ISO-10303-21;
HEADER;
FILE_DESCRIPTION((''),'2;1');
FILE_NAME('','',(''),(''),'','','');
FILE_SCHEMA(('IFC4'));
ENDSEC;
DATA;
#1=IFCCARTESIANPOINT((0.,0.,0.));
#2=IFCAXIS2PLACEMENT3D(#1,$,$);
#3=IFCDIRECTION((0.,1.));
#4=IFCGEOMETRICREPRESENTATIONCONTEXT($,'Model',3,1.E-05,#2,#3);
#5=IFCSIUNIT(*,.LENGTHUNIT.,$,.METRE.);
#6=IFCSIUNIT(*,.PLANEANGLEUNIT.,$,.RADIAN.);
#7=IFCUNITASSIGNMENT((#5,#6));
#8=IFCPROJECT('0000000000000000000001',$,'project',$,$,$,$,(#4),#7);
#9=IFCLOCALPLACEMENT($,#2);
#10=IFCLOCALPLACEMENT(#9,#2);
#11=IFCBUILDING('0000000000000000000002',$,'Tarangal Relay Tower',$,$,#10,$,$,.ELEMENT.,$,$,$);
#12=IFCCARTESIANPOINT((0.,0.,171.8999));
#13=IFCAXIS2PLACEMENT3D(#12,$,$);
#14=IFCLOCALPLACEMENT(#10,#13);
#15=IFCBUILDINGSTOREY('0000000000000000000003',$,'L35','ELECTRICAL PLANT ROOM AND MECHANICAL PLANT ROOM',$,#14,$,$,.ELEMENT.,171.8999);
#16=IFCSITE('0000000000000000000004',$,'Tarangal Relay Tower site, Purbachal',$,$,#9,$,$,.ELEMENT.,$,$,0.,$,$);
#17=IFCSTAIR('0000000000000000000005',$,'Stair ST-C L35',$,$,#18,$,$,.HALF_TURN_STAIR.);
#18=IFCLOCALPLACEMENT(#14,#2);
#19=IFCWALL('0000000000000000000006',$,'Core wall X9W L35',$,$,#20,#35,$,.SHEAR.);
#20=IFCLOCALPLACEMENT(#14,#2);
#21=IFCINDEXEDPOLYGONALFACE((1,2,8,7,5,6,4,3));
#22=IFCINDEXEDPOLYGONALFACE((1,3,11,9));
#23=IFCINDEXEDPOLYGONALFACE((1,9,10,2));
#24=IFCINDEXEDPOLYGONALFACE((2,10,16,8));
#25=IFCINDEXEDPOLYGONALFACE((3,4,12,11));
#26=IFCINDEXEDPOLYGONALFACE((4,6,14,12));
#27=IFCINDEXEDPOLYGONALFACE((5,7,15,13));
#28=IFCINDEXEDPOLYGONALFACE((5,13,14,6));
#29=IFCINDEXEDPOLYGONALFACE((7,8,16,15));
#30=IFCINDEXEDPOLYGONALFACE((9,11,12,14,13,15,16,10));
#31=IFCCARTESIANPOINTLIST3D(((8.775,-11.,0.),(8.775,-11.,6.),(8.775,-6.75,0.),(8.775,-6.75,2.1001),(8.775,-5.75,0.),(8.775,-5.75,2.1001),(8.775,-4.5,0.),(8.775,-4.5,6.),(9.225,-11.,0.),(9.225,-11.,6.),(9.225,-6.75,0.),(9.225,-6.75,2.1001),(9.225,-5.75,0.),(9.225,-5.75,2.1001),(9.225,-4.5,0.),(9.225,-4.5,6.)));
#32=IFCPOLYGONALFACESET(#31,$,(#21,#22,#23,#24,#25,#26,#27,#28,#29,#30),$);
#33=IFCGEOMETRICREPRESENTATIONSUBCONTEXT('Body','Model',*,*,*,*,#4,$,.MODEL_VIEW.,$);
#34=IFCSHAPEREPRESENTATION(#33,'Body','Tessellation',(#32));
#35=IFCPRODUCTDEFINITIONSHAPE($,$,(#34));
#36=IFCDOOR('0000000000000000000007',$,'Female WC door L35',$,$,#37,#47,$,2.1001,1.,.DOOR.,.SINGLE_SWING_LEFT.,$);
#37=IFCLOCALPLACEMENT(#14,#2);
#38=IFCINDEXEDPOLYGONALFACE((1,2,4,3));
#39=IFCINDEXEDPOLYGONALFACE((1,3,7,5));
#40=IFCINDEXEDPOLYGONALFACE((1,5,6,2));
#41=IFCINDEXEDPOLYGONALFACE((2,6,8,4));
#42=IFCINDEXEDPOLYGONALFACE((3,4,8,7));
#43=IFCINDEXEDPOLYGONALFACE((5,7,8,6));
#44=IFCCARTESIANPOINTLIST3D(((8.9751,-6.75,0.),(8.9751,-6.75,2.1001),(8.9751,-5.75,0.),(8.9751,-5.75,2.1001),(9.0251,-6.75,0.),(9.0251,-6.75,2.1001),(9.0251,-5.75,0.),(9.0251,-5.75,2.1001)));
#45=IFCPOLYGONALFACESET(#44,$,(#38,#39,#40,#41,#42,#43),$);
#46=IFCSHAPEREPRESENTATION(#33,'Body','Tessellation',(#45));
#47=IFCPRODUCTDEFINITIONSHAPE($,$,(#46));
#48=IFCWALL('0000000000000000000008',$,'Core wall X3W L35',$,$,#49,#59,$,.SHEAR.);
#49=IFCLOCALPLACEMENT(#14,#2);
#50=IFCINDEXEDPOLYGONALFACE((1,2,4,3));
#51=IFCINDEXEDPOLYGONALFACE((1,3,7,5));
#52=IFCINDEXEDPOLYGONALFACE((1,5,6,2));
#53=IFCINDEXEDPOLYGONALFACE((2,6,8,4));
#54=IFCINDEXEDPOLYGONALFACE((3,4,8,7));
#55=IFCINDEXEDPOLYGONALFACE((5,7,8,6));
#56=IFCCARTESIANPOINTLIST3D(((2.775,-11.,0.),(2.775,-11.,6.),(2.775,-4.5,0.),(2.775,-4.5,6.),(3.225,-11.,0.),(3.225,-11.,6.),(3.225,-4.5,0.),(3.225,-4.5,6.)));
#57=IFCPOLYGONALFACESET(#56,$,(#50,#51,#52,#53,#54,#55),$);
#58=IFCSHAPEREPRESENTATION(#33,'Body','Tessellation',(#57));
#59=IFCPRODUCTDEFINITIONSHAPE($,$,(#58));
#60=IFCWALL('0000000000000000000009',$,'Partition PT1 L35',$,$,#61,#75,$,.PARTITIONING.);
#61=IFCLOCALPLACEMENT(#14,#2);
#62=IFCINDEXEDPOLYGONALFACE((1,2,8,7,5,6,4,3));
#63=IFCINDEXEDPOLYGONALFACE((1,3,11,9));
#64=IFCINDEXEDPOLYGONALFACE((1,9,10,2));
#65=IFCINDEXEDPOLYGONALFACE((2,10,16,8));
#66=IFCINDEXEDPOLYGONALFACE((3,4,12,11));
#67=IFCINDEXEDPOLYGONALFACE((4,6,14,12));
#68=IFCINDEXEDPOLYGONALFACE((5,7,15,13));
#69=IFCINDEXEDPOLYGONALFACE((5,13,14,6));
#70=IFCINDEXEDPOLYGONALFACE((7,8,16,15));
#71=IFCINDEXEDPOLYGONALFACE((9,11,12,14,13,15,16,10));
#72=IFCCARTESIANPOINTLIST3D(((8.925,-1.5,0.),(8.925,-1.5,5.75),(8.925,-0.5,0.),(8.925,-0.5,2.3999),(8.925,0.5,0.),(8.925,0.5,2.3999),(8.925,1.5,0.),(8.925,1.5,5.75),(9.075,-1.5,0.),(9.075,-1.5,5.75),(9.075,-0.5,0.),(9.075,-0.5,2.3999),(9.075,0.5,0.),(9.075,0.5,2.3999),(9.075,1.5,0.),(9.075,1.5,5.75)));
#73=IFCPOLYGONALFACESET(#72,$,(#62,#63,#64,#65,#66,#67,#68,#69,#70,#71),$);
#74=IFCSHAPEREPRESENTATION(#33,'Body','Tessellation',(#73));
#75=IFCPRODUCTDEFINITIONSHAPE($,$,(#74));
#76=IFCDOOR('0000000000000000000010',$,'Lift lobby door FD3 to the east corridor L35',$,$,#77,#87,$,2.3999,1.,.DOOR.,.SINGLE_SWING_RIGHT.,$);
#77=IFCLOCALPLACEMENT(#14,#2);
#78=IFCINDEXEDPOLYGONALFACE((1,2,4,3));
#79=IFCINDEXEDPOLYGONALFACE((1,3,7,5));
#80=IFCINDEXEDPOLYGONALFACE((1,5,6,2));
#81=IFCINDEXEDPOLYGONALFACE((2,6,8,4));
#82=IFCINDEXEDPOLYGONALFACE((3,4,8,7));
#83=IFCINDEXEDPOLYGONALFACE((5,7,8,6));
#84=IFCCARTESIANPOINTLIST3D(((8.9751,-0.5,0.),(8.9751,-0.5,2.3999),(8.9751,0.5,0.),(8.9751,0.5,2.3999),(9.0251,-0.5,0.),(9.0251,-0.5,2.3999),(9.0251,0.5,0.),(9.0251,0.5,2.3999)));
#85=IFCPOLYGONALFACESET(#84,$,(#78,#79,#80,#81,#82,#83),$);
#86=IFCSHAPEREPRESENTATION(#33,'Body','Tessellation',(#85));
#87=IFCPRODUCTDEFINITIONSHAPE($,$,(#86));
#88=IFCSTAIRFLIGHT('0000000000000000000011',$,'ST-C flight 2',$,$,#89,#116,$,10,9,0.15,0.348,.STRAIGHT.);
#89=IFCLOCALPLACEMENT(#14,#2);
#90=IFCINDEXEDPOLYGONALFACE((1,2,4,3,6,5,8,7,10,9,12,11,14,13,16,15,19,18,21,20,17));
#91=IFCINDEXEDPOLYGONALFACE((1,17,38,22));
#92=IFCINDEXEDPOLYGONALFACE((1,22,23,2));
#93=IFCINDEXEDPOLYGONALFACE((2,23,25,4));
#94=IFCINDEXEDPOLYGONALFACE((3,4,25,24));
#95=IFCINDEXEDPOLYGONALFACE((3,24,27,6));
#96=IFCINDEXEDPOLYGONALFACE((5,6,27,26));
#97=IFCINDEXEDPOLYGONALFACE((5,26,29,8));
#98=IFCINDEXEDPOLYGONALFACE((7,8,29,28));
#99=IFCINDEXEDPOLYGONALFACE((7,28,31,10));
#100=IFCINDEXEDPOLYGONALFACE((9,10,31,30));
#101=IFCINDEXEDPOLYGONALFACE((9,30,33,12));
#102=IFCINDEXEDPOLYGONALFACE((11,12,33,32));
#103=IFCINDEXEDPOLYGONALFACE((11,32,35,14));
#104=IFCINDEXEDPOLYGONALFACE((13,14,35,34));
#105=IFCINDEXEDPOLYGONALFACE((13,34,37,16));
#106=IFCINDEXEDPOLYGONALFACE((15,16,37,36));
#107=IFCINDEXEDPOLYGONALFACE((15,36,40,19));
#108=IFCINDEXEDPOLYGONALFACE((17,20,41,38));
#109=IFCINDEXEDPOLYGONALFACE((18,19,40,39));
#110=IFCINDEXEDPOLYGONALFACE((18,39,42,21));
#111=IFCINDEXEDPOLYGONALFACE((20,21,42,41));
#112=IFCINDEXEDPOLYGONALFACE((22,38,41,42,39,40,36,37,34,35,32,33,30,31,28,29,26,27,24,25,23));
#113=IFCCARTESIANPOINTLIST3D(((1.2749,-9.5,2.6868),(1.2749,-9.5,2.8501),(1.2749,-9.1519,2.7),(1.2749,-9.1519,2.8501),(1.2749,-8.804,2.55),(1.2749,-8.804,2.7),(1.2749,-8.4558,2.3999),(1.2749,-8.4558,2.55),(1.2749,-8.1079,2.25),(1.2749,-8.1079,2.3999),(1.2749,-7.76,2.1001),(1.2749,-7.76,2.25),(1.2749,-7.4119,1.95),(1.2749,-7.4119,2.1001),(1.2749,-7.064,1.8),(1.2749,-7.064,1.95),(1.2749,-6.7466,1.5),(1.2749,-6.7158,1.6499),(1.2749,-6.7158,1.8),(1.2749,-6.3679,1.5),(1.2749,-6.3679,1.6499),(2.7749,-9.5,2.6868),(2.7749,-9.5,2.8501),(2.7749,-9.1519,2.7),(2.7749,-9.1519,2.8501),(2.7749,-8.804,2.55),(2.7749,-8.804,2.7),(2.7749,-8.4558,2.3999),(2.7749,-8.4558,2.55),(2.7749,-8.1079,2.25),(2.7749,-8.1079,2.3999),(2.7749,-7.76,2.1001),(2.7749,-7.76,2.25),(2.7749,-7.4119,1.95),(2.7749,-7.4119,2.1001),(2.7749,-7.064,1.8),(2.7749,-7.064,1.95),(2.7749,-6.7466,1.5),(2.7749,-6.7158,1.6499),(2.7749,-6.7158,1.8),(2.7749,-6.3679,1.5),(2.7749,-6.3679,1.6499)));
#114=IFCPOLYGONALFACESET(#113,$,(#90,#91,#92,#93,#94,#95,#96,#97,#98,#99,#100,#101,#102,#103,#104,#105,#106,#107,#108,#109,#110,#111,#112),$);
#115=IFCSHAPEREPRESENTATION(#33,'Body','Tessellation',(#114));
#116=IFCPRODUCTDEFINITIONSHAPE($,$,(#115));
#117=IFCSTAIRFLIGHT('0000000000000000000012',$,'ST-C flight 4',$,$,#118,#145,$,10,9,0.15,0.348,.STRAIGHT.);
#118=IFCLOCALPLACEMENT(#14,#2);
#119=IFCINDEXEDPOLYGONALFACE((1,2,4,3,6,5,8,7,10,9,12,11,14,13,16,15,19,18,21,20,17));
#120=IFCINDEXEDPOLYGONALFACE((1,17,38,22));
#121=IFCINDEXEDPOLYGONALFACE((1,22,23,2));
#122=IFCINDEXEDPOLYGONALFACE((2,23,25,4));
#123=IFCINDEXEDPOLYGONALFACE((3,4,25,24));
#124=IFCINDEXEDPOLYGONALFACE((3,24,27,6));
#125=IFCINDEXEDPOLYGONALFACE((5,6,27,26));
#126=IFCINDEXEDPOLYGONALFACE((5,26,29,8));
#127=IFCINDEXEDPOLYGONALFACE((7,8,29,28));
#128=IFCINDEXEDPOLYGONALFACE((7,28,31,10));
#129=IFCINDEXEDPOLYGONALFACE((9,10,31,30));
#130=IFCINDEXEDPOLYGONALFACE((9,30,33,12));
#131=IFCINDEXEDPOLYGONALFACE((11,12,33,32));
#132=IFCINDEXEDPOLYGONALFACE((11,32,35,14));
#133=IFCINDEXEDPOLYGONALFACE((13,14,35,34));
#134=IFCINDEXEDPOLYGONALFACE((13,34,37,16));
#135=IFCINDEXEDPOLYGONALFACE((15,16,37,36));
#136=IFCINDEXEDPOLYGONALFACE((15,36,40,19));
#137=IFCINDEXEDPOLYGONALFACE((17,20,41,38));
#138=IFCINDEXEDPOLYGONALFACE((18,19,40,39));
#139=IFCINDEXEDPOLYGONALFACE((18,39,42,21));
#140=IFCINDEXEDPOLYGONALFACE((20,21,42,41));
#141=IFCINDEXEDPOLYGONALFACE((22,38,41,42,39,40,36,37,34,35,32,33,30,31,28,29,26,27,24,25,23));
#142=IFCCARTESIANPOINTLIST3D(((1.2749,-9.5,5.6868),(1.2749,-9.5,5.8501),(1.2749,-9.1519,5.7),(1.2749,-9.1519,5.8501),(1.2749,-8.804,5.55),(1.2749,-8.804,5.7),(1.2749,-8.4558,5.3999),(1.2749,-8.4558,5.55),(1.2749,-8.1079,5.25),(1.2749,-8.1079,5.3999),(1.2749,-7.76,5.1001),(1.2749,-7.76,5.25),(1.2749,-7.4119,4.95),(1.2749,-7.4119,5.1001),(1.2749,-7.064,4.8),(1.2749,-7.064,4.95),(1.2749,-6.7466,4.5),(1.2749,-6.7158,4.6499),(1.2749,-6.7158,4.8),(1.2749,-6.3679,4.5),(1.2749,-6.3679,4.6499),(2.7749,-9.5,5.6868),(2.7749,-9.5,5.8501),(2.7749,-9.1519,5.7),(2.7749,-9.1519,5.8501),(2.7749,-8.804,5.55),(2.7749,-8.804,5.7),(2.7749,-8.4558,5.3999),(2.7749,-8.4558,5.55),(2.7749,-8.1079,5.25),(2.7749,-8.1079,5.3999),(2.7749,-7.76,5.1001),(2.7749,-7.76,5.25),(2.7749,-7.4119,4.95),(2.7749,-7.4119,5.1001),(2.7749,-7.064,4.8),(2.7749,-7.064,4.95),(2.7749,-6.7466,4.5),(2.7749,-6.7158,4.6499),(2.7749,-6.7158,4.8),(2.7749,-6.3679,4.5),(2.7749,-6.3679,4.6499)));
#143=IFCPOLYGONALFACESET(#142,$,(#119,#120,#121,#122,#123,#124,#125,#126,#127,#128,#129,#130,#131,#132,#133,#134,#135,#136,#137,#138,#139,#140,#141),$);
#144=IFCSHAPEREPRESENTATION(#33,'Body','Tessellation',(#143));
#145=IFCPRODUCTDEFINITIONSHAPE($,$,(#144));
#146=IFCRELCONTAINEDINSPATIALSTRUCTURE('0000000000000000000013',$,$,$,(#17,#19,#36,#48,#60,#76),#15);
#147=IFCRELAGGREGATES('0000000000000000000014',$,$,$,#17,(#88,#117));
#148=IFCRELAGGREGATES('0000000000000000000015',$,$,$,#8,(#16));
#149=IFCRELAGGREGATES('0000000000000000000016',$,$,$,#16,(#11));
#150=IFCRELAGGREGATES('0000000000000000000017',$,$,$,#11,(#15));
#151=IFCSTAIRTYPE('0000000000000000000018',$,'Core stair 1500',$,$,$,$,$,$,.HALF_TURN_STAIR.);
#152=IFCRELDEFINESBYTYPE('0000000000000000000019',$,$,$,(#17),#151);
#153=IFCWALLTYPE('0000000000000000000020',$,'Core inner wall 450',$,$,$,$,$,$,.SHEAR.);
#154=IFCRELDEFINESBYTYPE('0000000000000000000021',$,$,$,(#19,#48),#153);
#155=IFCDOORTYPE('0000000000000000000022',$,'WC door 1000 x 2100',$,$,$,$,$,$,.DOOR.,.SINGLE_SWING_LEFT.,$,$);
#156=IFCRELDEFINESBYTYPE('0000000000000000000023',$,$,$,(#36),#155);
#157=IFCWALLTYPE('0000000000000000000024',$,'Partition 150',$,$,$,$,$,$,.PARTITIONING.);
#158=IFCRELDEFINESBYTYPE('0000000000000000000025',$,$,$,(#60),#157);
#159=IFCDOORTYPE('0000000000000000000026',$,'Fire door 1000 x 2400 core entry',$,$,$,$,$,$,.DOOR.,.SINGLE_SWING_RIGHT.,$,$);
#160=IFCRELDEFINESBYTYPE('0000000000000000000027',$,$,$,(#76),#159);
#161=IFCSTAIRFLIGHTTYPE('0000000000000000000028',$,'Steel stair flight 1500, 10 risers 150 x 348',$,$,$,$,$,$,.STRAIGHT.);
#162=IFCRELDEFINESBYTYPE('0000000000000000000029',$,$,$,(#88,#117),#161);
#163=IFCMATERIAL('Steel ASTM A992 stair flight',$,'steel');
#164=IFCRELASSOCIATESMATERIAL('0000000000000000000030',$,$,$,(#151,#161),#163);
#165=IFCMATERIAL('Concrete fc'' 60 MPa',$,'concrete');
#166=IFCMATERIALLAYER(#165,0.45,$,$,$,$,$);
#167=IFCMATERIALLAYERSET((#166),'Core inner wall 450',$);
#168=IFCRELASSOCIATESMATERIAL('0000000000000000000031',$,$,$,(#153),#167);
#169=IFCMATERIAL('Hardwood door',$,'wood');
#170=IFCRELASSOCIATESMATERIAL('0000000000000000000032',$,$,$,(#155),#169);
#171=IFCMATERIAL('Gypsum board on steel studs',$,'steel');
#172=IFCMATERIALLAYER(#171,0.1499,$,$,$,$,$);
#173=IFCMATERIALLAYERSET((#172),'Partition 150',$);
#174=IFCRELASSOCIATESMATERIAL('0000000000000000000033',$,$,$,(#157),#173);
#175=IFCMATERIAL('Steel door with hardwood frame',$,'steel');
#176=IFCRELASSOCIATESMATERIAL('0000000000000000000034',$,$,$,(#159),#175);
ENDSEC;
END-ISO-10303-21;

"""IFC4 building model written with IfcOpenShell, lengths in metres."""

from ifc_helpers import new_model, si_unit, direction, frame, frame_2d, origin, place, context, subcontext, project, spatial, polyline, rectangle, outline, extrude, material, layer, layer_set, type_object, element, fill, aggregate, save


model = new_model("IFC4")

# Units and contexts
model_context = context("Model", 3, precision=1e-05, world=origin(), true_north=direction((0.0, 1.0)))
body_context = subcontext(model_context, "Body", "Model", "MODEL_VIEW")
ifc_project = project(units=[si_unit("LENGTHUNIT", "METRE"), si_unit("PLANEANGLEUNIT", "RADIAN")], contexts=[model_context])

# Site, building, storey
site_placement = place(None, origin())
site = spatial("IfcSite", under=ifc_project, at=site_placement, Name="Tarangal Relay Tower site, Purbachal", CompositionType="ELEMENT", RefElevation=0.0)
building_placement = place(site_placement, origin())
building = spatial("IfcBuilding", under=site, at=building_placement, Name="Tarangal Relay Tower", CompositionType="ELEMENT")
storey_placement = place(building_placement, frame((0.0, 0.0, 171.8999)))
storey = spatial("IfcBuildingStorey", under=building, at=storey_placement, Name="L35", Description="ELECTRICAL PLANT ROOM AND MECHANICAL PLANT ROOM", CompositionType="ELEMENT", Elevation=171.8999)

# Stair
ifc_material_1 = material(Name="Steel ASTM A992 stair flight", Category="steel")
stair_type = type_object("IfcStairType", Name="Core stair 1500", PredefinedType="HALF_TURN_STAIR", material=ifc_material_1)
stair_1_placement = place(storey_placement, origin())
stair_1 = element("IfcStair", 1, at=stair_1_placement, inside=storey, type_object=stair_type, Name="Stair ST-C L35", PredefinedType="HALF_TURN_STAIR")

# Shared definitions
ifc_material_2 = material(Name="Concrete fc' 60 MPa", Category="concrete")
ifc_layer_1 = layer(ifc_material_2, 0.45)
ifc_layer_set_1 = layer_set([ifc_layer_1], Name="Core inner wall 450")
wall_type_1 = type_object("IfcWallType", Name="Core inner wall 450", PredefinedType="SHEAR", material=ifc_layer_set_1)

# Wall, opening, door
wall_1_placement = place(storey_placement, frame((9.0, -11.0, 0.0), z_axis=(0.0, 0.0, 1.0), x_axis=(0.0, 1.0, 0.0)))
wall_1 = element("IfcWall", 2, at=wall_1_placement, inside=storey, type_object=wall_type_1, Name="Core wall X9W L35", PredefinedType="SHEAR", context=body_context, shape_type="SweptSolid", body=[
    extrude(rectangle(XDim=6.5, YDim=0.45, at=frame_2d((3.25, 0.0))), origin(), (0.0, 0.0, 1.0), 6.0),
])
opening_1_placement = place(wall_1_placement, frame((4.25, 0.0, 0.0)))
opening_1 = element("IfcOpeningElement", 3, at=opening_1_placement, cuts=wall_1, PredefinedType="OPENING", context=body_context, shape_type="SweptSolid", body=[
    extrude(rectangle(XDim=1.0, YDim=2.1001, at=frame_2d((0.5, 1.05))), frame((0.0, 0.2349, 0.0), z_axis=(0.0, -1.0, 0.0), x_axis=(1.0, 0.0, 0.0)), (0.0, 0.0, 1.0), 0.47),
])
ifc_material_3 = material(Name="Hardwood door", Category="wood")
door_type_1 = type_object("IfcDoorType", Name="WC door 1000 x 2100", OperationType="SINGLE_SWING_LEFT", PredefinedType="DOOR", material=ifc_material_3)
door_1_placement = place(opening_1_placement, origin())
door_1 = element("IfcDoor", 4, at=door_1_placement, inside=storey, type_object=door_type_1, Name="Female WC door L35", OperationType="SINGLE_SWING_LEFT", OverallHeight=2.1001, OverallWidth=1.0, PredefinedType="DOOR", context=body_context, shape_type="SweptSolid", body=[
    extrude(rectangle(XDim=1.0, YDim=2.1001, at=frame_2d((0.5, 1.05))), frame((0.0, 0.0249, 0.0), z_axis=(0.0, -1.0, 0.0), x_axis=(1.0, 0.0, 0.0)), (0.0, 0.0, 1.0), 0.05),
])
fill(opening_1, door_1)

# Wall
wall_2_placement = place(storey_placement, frame((3.0, -11.0, 0.0), z_axis=(0.0, 0.0, 1.0), x_axis=(0.0, 1.0, 0.0)))
element("IfcWall", 5, at=wall_2_placement, inside=storey, type_object=wall_type_1, Name="Core wall X3W L35", PredefinedType="SHEAR", context=body_context, shape_type="SweptSolid", body=[
    extrude(rectangle(XDim=6.5, YDim=0.45, at=frame_2d((3.25, 0.0))), origin(), (0.0, 0.0, 1.0), 6.0),
])

# Wall, opening, door
ifc_material_4 = material(Name="Gypsum board on steel studs", Category="steel")
ifc_layer_2 = layer(ifc_material_4, 0.1499)
ifc_layer_set_2 = layer_set([ifc_layer_2], Name="Partition 150")
wall_type_2 = type_object("IfcWallType", Name="Partition 150", PredefinedType="PARTITIONING", material=ifc_layer_set_2)
wall_3_placement = place(storey_placement, frame((9.0, -1.5, 0.0), z_axis=(0.0, 0.0, 1.0), x_axis=(0.0, 1.0, 0.0)))
wall_3 = element("IfcWall", 6, at=wall_3_placement, inside=storey, type_object=wall_type_2, Name="Partition PT1 L35", PredefinedType="PARTITIONING", context=body_context, shape_type="SweptSolid", body=[
    extrude(rectangle(XDim=3.0, YDim=0.1499, at=frame_2d((1.5, 0.0))), origin(), (0.0, 0.0, 1.0), 5.75),
])
opening_2_placement = place(wall_3_placement, frame((1.0, 0.0, 0.0)))
opening_2 = element("IfcOpeningElement", 7, at=opening_2_placement, cuts=wall_3, PredefinedType="OPENING", context=body_context, shape_type="SweptSolid", body=[
    extrude(rectangle(XDim=1.0, YDim=2.3999, at=frame_2d((0.5, 1.2))), frame((0.0, 0.085, 0.0), z_axis=(0.0, -1.0, 0.0), x_axis=(1.0, 0.0, 0.0)), (0.0, 0.0, 1.0), 0.1699),
])
ifc_material_5 = material(Name="Steel door with hardwood frame", Category="steel")
door_type_2 = type_object("IfcDoorType", Name="Fire door 1000 x 2400 core entry", OperationType="SINGLE_SWING_RIGHT", PredefinedType="DOOR", material=ifc_material_5)
door_2_placement = place(opening_2_placement, origin())
door_2 = element("IfcDoor", 8, at=door_2_placement, inside=storey, type_object=door_type_2, Name="Lift lobby door FD3 to the east corridor L35", OperationType="SINGLE_SWING_RIGHT", OverallHeight=2.3999, OverallWidth=1.0, PredefinedType="DOOR", context=body_context, shape_type="SweptSolid", body=[
    extrude(rectangle(XDim=1.0, YDim=2.3999, at=frame_2d((0.5, 1.2))), frame((0.0, 0.0249, 0.0), z_axis=(0.0, -1.0, 0.0), x_axis=(1.0, 0.0, 0.0)), (0.0, 0.0, 1.0), 0.05),
])
fill(opening_2, door_2)

# Stair flights
stair_flight_type = type_object("IfcStairFlightType", Name="Steel stair flight 1500, 10 risers 150 x 348", PredefinedType="STRAIGHT", material=ifc_material_1)
stair_flight_1_placement = place(storey_placement, frame((2.0249, -6.3679, 1.5), z_axis=(0.0, 0.0, 1.0), x_axis=(0.0, -1.0, 0.0)))
stair_flight_1 = element("IfcStairFlight", 9, at=stair_flight_1_placement, type_object=stair_flight_type, Name="ST-C flight 2", NumberOfRisers=10, NumberOfTreads=9, PredefinedType="STRAIGHT", RiserHeight=0.15, TreadLength=0.348, context=body_context, shape_type="SweptSolid", body=[
    extrude(outline(polyline([(0.0, 0.0), (0.0, 0.1499), (0.3479, 0.1499), (0.3479, 0.3), (0.696, 0.3), (0.696, 0.45), (1.0439, 0.45), (1.0439, 0.6001), (1.3921, 0.6001), (1.3921, 0.75), (1.74, 0.75), (1.74, 0.8999), (2.0879, 0.8999), (2.0879, 1.05), (2.436, 1.05), (2.436, 1.2), (2.7839, 1.2), (2.7839, 1.3501), (3.1321, 1.3501), (3.1321, 1.5), (3.1321, 1.1868), (0.3787, 0.0), (0.0, 0.0)])), frame((0.0, 0.75, 0.0), z_axis=(0.0, -1.0, 0.0), x_axis=(1.0, 0.0, 0.0)), (0.0, 0.0, 1.0), 1.5),
])
stair_flight_2_placement = place(storey_placement, frame((2.0249, -6.3679, 4.5), z_axis=(0.0, 0.0, 1.0), x_axis=(0.0, -1.0, 0.0)))
stair_flight_2 = element("IfcStairFlight", 10, at=stair_flight_2_placement, type_object=stair_flight_type, Name="ST-C flight 4", NumberOfRisers=10, NumberOfTreads=9, PredefinedType="STRAIGHT", RiserHeight=0.15, TreadLength=0.348, context=body_context, shape_type="SweptSolid", body=[
    extrude(outline(polyline([(0.0, 0.0), (0.0, 0.1499), (0.3479, 0.1499), (0.3479, 0.3), (0.696, 0.3), (0.696, 0.45), (1.0439, 0.45), (1.0439, 0.6001), (1.3921, 0.6001), (1.3921, 0.75), (1.74, 0.75), (1.74, 0.8999), (2.0879, 0.8999), (2.0879, 1.05), (2.436, 1.05), (2.436, 1.2), (2.7839, 1.2), (2.7839, 1.3501), (3.1321, 1.3501), (3.1321, 1.5), (3.1321, 1.1868), (0.3787, 0.0), (0.0, 0.0)])), frame((0.0, 0.75, 0.0), z_axis=(0.0, -1.0, 0.0), x_axis=(1.0, 0.0, 0.0)), (0.0, 0.0, 1.0), 1.5),
])
aggregate(stair_1, [stair_flight_1, stair_flight_2])

save(model, "model.ifc")
